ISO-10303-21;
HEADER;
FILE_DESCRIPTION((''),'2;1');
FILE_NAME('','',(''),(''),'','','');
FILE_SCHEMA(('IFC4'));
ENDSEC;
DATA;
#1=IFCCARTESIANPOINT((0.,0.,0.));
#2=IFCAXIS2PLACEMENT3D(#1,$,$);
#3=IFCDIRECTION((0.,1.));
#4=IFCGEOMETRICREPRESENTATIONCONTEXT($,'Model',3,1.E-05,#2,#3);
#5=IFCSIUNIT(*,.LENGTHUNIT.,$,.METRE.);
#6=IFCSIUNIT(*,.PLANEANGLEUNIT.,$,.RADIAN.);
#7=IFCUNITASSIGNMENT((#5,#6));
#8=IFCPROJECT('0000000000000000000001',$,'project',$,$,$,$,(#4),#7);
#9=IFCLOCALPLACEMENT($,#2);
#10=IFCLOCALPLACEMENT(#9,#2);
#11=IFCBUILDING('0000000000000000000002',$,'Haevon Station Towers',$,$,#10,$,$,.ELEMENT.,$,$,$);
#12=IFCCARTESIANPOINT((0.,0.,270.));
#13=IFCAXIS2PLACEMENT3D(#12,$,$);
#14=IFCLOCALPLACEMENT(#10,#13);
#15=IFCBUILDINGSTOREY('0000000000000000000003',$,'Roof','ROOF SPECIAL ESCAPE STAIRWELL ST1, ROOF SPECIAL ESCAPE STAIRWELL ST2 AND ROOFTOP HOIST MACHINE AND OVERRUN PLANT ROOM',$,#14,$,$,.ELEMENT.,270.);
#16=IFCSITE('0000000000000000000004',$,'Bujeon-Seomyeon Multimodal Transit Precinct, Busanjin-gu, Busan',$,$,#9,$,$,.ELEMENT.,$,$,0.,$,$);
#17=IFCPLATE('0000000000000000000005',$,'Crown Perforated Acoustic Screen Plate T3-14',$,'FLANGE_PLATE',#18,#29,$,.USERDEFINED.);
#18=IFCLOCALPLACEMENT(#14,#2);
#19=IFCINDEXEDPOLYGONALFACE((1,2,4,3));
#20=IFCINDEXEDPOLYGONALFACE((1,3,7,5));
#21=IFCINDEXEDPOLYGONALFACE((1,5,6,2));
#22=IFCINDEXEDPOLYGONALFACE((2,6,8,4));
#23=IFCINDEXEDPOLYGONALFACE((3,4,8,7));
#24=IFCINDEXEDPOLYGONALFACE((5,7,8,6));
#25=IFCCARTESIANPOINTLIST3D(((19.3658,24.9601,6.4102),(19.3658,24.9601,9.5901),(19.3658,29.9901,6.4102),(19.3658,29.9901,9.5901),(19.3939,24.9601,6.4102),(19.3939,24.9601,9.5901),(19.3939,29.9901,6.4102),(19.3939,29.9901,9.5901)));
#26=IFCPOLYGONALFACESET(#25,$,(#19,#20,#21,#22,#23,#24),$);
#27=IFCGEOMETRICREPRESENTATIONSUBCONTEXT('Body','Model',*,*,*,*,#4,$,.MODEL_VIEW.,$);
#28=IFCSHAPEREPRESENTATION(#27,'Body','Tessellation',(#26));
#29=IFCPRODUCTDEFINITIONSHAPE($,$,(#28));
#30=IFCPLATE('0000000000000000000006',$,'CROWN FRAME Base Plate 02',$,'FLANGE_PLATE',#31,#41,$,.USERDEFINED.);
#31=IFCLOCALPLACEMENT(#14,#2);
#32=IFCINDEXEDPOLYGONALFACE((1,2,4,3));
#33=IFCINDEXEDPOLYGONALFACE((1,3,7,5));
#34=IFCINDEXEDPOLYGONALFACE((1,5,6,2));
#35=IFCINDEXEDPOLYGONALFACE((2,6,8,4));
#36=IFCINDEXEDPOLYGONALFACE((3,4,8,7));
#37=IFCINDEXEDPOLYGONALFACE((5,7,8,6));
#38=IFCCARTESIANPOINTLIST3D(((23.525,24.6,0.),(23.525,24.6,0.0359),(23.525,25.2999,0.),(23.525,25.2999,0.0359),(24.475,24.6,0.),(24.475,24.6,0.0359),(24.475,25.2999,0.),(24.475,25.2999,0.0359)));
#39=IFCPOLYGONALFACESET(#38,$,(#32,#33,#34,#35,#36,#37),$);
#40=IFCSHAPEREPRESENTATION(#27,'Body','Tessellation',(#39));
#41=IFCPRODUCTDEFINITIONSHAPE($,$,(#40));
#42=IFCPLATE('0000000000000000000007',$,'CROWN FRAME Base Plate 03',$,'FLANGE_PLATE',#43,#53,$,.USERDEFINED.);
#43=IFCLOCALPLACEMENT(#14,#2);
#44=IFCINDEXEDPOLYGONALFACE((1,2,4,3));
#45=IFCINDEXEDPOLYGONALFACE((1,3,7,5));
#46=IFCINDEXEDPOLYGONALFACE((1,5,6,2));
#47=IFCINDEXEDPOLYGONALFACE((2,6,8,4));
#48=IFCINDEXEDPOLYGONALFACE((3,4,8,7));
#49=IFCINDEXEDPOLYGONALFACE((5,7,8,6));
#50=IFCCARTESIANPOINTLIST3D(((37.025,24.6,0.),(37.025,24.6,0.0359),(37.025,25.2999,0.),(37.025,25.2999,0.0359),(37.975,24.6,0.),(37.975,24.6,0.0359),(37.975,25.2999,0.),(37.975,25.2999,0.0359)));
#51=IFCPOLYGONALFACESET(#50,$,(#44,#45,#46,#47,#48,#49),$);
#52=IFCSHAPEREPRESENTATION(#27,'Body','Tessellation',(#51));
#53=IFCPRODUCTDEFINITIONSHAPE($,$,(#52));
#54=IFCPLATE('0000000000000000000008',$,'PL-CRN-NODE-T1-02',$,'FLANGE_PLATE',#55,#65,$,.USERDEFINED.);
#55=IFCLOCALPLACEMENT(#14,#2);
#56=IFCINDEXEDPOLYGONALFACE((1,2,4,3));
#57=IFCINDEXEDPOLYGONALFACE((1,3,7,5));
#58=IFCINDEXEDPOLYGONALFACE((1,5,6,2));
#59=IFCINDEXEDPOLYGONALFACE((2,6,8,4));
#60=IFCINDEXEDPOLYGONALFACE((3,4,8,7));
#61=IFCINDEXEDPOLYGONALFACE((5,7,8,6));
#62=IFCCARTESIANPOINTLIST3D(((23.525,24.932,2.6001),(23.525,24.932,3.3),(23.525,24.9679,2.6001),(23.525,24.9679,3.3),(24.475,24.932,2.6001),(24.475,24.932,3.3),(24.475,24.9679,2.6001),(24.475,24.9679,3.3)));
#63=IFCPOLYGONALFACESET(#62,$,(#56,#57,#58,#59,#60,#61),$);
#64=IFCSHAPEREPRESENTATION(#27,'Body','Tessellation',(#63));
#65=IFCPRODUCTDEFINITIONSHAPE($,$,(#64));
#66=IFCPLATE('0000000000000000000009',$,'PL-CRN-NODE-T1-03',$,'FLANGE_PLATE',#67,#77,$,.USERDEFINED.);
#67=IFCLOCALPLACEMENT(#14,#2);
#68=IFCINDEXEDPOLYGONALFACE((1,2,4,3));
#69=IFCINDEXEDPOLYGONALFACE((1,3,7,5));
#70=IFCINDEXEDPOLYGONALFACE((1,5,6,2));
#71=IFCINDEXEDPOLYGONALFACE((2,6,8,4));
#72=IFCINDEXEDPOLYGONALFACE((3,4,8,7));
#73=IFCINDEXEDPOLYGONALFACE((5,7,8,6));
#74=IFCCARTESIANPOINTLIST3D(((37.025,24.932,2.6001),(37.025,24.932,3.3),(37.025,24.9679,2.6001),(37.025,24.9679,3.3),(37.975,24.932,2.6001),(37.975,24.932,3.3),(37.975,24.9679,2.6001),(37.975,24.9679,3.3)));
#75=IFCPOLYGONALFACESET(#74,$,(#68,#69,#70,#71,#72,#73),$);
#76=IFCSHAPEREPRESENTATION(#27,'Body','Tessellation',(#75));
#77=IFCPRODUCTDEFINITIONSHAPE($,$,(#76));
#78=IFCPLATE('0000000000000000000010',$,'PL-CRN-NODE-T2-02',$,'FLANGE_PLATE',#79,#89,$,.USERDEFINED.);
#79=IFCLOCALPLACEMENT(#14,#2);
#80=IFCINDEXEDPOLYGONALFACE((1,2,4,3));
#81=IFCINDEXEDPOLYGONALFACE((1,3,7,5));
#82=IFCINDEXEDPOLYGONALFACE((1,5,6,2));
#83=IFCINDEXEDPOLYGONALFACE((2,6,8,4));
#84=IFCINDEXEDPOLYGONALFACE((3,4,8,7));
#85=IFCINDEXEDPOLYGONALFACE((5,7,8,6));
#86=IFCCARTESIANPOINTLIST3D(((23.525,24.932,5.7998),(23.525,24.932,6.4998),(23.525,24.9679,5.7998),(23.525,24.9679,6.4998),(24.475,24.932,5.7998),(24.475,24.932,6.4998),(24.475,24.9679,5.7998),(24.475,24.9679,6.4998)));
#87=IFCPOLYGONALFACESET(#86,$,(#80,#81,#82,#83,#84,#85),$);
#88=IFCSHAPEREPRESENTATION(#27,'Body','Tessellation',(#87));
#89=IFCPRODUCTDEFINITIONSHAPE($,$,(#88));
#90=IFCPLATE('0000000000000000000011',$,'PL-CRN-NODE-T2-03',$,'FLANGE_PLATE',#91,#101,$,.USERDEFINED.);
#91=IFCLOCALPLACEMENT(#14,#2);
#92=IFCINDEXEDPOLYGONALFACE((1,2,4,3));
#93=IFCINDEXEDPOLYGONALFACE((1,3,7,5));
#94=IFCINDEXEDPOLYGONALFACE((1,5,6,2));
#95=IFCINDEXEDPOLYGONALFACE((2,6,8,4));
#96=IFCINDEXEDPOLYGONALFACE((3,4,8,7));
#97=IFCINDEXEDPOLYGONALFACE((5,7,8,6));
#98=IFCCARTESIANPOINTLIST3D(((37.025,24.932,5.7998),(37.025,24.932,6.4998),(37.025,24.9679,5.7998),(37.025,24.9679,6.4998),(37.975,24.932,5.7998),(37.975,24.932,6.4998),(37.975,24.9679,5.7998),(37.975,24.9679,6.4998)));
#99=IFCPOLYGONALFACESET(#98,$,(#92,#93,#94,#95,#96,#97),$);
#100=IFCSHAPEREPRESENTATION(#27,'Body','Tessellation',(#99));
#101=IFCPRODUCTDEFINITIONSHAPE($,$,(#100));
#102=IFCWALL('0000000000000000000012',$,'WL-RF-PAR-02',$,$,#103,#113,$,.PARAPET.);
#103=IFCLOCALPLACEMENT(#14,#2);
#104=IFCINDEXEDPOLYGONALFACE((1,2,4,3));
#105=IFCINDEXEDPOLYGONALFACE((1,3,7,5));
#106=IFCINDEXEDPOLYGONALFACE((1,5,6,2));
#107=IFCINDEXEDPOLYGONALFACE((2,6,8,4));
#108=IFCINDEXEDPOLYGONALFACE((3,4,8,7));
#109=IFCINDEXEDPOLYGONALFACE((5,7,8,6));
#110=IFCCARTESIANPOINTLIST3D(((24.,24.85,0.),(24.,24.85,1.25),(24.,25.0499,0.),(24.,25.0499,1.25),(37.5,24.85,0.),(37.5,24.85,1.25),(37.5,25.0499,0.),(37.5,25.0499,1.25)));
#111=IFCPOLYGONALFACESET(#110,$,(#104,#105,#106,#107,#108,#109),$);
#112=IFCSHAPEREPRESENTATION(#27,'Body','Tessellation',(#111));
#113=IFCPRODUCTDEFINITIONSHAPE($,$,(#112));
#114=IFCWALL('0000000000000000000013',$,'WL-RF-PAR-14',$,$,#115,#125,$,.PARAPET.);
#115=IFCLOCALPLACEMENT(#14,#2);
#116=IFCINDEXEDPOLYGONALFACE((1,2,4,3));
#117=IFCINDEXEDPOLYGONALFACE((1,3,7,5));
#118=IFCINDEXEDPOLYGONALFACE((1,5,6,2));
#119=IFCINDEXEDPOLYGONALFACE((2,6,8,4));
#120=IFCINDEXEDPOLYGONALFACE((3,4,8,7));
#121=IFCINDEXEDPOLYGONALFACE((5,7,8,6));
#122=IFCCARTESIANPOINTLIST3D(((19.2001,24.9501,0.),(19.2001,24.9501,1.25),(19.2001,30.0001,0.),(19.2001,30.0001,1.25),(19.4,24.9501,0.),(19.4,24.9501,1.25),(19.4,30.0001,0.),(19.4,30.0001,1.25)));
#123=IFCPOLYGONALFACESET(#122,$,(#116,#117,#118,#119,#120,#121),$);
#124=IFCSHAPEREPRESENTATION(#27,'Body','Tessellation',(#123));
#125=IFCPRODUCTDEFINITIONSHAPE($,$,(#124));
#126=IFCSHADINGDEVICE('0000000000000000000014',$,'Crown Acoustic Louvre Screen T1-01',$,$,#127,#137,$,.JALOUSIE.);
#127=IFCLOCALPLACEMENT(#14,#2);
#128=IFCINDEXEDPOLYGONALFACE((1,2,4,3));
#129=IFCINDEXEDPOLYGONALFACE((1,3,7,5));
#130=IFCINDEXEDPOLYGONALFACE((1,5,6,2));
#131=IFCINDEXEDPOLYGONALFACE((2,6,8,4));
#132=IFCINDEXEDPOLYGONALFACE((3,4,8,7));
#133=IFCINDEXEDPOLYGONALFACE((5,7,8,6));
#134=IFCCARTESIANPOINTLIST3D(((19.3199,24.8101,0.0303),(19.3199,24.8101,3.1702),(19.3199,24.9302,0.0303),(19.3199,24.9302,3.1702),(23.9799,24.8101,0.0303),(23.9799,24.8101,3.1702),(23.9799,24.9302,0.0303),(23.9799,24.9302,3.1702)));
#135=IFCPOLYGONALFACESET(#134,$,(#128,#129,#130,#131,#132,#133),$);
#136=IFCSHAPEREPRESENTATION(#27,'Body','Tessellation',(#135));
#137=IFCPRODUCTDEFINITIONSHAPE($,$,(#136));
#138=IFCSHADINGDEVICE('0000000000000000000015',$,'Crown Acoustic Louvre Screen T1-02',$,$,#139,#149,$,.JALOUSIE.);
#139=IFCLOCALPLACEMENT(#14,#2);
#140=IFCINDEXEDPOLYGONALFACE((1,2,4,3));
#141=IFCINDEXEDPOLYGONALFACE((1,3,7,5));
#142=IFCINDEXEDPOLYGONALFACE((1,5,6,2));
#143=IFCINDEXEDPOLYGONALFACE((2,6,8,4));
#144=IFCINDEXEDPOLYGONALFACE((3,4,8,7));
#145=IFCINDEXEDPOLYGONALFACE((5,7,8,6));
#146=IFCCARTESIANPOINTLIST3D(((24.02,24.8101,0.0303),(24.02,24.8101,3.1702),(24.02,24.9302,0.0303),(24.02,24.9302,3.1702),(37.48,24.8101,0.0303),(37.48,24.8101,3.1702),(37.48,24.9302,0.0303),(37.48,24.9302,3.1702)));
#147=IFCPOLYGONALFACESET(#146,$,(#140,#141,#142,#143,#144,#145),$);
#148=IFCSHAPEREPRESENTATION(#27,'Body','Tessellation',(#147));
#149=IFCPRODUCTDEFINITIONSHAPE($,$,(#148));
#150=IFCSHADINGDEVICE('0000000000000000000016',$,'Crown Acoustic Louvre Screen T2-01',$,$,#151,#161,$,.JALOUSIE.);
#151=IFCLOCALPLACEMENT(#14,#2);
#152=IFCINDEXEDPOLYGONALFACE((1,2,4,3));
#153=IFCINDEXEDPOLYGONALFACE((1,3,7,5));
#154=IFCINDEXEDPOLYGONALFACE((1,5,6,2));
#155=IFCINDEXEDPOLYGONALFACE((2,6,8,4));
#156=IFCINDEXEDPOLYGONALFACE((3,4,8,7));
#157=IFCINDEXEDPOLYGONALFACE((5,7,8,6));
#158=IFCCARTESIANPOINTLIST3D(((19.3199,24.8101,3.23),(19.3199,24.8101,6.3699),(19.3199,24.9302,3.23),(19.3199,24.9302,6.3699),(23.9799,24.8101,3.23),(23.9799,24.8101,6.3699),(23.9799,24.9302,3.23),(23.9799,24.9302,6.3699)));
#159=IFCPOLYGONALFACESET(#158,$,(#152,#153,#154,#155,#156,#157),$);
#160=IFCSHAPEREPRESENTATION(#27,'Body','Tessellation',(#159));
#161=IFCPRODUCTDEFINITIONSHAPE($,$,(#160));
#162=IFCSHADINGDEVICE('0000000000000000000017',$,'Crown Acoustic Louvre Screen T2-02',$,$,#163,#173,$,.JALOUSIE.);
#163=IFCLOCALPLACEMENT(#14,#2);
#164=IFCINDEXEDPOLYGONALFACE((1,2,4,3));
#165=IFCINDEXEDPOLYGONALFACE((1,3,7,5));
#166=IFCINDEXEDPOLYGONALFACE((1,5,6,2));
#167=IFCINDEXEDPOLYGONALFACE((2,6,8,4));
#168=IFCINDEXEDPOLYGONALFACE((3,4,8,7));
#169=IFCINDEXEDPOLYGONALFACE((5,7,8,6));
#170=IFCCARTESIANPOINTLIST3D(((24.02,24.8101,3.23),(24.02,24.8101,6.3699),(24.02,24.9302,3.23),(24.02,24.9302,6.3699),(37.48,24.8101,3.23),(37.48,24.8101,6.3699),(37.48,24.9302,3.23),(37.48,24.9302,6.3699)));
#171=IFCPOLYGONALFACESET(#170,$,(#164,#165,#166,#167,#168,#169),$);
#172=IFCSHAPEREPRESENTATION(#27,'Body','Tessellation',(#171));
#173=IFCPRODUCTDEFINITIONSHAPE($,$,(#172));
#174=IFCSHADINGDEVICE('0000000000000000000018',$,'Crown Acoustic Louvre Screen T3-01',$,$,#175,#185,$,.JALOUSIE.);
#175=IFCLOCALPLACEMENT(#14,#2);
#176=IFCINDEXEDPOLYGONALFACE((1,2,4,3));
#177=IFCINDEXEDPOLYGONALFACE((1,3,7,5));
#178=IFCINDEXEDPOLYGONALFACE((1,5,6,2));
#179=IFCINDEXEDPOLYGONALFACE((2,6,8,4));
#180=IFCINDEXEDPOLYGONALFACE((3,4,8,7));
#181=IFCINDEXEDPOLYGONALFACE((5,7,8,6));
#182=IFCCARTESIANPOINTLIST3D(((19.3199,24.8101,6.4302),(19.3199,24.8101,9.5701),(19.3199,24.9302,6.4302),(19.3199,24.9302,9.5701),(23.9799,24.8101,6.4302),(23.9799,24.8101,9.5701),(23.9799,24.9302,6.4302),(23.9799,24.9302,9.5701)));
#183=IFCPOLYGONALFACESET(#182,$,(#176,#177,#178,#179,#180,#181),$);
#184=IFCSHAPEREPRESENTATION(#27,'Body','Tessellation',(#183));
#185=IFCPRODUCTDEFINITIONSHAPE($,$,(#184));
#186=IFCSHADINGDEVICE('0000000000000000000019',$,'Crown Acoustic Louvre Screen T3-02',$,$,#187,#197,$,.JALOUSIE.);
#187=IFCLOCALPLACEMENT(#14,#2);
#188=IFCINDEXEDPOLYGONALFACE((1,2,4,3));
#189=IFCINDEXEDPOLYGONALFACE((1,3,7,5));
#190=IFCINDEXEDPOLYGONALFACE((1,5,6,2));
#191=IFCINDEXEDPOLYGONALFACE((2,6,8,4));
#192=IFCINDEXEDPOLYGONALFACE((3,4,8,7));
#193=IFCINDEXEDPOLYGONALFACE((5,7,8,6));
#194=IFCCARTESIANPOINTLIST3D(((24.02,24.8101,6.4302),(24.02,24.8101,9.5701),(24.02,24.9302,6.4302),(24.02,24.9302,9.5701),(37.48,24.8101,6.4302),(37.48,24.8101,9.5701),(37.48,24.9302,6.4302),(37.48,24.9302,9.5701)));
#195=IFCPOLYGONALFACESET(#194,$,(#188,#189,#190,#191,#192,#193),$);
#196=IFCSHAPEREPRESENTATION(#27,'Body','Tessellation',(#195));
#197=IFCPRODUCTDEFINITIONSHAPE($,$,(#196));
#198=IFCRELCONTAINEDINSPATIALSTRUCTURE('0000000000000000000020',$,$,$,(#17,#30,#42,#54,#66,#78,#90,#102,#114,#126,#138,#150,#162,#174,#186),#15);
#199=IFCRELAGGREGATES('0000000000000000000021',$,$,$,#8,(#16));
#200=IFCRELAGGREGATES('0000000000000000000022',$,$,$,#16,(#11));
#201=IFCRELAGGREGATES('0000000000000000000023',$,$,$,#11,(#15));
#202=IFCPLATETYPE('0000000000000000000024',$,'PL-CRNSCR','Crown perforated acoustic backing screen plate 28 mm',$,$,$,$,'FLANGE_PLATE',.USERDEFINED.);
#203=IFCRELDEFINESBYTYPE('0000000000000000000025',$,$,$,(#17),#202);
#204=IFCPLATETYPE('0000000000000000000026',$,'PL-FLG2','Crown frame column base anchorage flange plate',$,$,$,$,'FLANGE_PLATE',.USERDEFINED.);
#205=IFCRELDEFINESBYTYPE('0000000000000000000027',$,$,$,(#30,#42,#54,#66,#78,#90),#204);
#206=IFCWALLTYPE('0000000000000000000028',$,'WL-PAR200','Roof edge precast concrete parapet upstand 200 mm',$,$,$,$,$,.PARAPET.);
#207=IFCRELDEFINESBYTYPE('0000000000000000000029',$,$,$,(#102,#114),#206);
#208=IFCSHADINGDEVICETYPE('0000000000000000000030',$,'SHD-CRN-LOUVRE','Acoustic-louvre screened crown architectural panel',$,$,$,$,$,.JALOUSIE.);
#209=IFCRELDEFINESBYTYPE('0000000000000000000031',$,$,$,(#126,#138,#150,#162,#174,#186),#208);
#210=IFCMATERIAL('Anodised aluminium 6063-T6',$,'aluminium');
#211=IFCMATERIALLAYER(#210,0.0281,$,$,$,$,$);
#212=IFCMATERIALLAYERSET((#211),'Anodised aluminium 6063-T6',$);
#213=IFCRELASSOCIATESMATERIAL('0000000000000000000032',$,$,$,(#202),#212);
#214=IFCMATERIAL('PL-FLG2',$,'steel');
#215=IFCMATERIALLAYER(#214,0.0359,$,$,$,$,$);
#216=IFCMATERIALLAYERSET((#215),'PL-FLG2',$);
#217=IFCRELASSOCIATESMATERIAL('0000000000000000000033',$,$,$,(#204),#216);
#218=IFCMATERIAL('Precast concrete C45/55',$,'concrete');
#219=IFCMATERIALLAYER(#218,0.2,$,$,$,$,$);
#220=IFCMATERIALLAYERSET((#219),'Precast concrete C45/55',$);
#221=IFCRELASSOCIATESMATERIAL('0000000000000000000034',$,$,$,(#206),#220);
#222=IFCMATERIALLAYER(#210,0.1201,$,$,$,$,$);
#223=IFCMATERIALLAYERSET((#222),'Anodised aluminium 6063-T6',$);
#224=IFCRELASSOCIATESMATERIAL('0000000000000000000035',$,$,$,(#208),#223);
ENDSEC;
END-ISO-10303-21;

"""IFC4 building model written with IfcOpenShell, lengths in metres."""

from ifc_helpers import new_model, si_unit, direction, frame, frame_2d, origin, origin_2d, place, context, subcontext, project, spatial, rectangle, extrude, material, layer, layer_set, type_object, element, save


model = new_model("IFC4")

# Units and contexts
model_context = context("Model", 3, precision=1e-05, world=origin(), true_north=direction((0.0, 1.0)))
body_context = subcontext(model_context, "Body", "Model", "MODEL_VIEW")
ifc_project = project(units=[si_unit("LENGTHUNIT", "METRE"), si_unit("PLANEANGLEUNIT", "RADIAN")], contexts=[model_context])

# Site, building, storey
site_placement = place(None, origin())
site = spatial("IfcSite", under=ifc_project, at=site_placement, Name="Bujeon-Seomyeon Multimodal Transit Precinct, Busanjin-gu, Busan", CompositionType="ELEMENT", RefElevation=0.0)
building_placement = place(site_placement, origin())
building = spatial("IfcBuilding", under=site, at=building_placement, Name="Haevon Station Towers", CompositionType="ELEMENT")
storey_placement = place(building_placement, frame((0.0, 0.0, 270.0)))
storey = spatial("IfcBuildingStorey", under=building, at=storey_placement, Name="Roof", Description="ROOF SPECIAL ESCAPE STAIRWELL ST1, ROOF SPECIAL ESCAPE STAIRWELL ST2 AND ROOFTOP HOIST MACHINE AND OVERRUN PLANT ROOM", CompositionType="ELEMENT", Elevation=270.0)

# Plates
ifc_material_1 = material(Name="Anodised aluminium 6063-T6", Category="aluminium")
ifc_layer_1 = layer(ifc_material_1, 0.0281)
ifc_layer_set_1 = layer_set([ifc_layer_1], Name="Anodised aluminium 6063-T6")
plate_type_1 = type_object("IfcPlateType", Name="PL-CRNSCR", Description="Crown perforated acoustic backing screen plate 28 mm", ElementType="FLANGE_PLATE", PredefinedType="USERDEFINED", material=ifc_layer_set_1)
plate_1_placement = place(storey_placement, frame((19.3799, 27.4751, 6.4102), z_axis=(0.0, 0.0, 1.0), x_axis=(0.0, -1.0, 0.0)))
element("IfcPlate", 1, at=plate_1_placement, inside=storey, type_object=plate_type_1, Name="Crown Perforated Acoustic Screen Plate T3-14", ObjectType="FLANGE_PLATE", PredefinedType="USERDEFINED", context=body_context, shape_type="SweptSolid", body=[
    extrude(rectangle(XDim=5.03, YDim=0.0281, at=origin_2d()), origin(), (0.0, 0.0, 1.0), 3.1799),
])
ifc_material_2 = material(Name="PL-FLG2", Category="steel")
ifc_layer_2 = layer(ifc_material_2, 0.0359)
ifc_layer_set_2 = layer_set([ifc_layer_2], Name="PL-FLG2")
plate_type_2 = type_object("IfcPlateType", Name="PL-FLG2", Description="Crown frame column base anchorage flange plate", ElementType="FLANGE_PLATE", PredefinedType="USERDEFINED", material=ifc_layer_set_2)
for number, where, z_axis, x_axis, name in (
    (2, (24.0, 24.95, 0.0), (0.0, 0.0, 1.0), (1.0, 0.0, 0.0), "CROWN FRAME Base Plate 02"),
    (3, (37.5, 24.95, 0.0), (0.0, 0.0, 1.0), (1.0, 0.0, 0.0), "CROWN FRAME Base Plate 03"),
):
    element("IfcPlate", number, at=place(storey_placement, frame(where, z_axis=z_axis, x_axis=x_axis)), inside=storey, type_object=plate_type_2, Name=name, ObjectType="FLANGE_PLATE", PredefinedType="USERDEFINED", context=body_context, shape_type="SweptSolid", body=[
        extrude(rectangle(XDim=0.95, YDim=0.7, at=origin_2d()), origin(), (0.0, 0.0, 1.0), 0.0359),
    ])
for number, where, z_axis, x_axis, name in (
    (4, (24.0, 24.95, 2.6001), (0.0, 0.0, 1.0), (1.0, 0.0, 0.0), "PL-CRN-NODE-T1-02"),
    (5, (37.5, 24.95, 2.6001), (0.0, 0.0, 1.0), (1.0, 0.0, 0.0), "PL-CRN-NODE-T1-03"),
    (6, (24.0, 24.95, 5.7998), (0.0, 0.0, 1.0), (1.0, 0.0, 0.0), "PL-CRN-NODE-T2-02"),
    (7, (37.5, 24.95, 5.7998), (0.0, 0.0, 1.0), (1.0, 0.0, 0.0), "PL-CRN-NODE-T2-03"),
):
    element("IfcPlate", number, at=place(storey_placement, frame(where, z_axis=z_axis, x_axis=x_axis)), inside=storey, type_object=plate_type_2, Name=name, ObjectType="FLANGE_PLATE", PredefinedType="USERDEFINED", context=body_context, shape_type="SweptSolid", body=[
        extrude(rectangle(XDim=0.95, YDim=0.0359, at=origin_2d()), origin(), (0.0, 0.0, 1.0), 0.7),
    ])

# Walls
ifc_material_3 = material(Name="Precast concrete C45/55", Category="concrete")
ifc_layer_3 = layer(ifc_material_3, 0.2)
ifc_layer_set_3 = layer_set([ifc_layer_3], Name="Precast concrete C45/55")
wall_type = type_object("IfcWallType", Name="WL-PAR200", Description="Roof edge precast concrete parapet upstand 200 mm", PredefinedType="PARAPET", material=ifc_layer_set_3)
wall_1_placement = place(storey_placement, frame((24.0, 24.95, 0.0), z_axis=(0.0, 0.0, 1.0), x_axis=(1.0, 0.0, 0.0)))
element("IfcWall", 8, at=wall_1_placement, inside=storey, type_object=wall_type, Name="WL-RF-PAR-02", PredefinedType="PARAPET", context=body_context, shape_type="SweptSolid", body=[
    extrude(rectangle(XDim=13.5, YDim=0.2, at=frame_2d((6.75, 0.0))), origin(), (0.0, 0.0, 1.0), 1.25),
])
wall_2_placement = place(storey_placement, frame((19.3, 30.0, 0.0), z_axis=(0.0, 0.0, 1.0), x_axis=(0.0, -1.0, 0.0)))
element("IfcWall", 9, at=wall_2_placement, inside=storey, type_object=wall_type, Name="WL-RF-PAR-14", PredefinedType="PARAPET", context=body_context, shape_type="SweptSolid", body=[
    extrude(rectangle(XDim=5.05, YDim=0.2, at=frame_2d((2.5249, 0.0))), origin(), (0.0, 0.0, 1.0), 1.25),
])

# Shading devices
ifc_layer_4 = layer(ifc_material_1, 0.1201)
ifc_layer_set_4 = layer_set([ifc_layer_4], Name="Anodised aluminium 6063-T6")
shading_device_type = type_object("IfcShadingDeviceType", Name="SHD-CRN-LOUVRE", Description="Acoustic-louvre screened crown architectural panel", PredefinedType="JALOUSIE", material=ifc_layer_set_4)
shading_device_1_placement = place(storey_placement, frame((21.6499, 24.8701, 0.0303), z_axis=(0.0, 0.0, 1.0), x_axis=(1.0, 0.0, 0.0)))
element("IfcShadingDevice", 10, at=shading_device_1_placement, inside=storey, type_object=shading_device_type, Name="Crown Acoustic Louvre Screen T1-01", PredefinedType="JALOUSIE", context=body_context, shape_type="SweptSolid", body=[
    extrude(rectangle(XDim=4.6599, YDim=0.1201, at=origin_2d()), origin(), (0.0, 0.0, 1.0), 3.1399),
])
shading_device_2_placement = place(storey_placement, frame((30.75, 24.8701, 0.0303), z_axis=(0.0, 0.0, 1.0), x_axis=(1.0, 0.0, 0.0)))
element("IfcShadingDevice", 11, at=shading_device_2_placement, inside=storey, type_object=shading_device_type, Name="Crown Acoustic Louvre Screen T1-02", PredefinedType="JALOUSIE", context=body_context, shape_type="SweptSolid", body=[
    extrude(rectangle(XDim=13.46, YDim=0.1201, at=origin_2d()), origin(), (0.0, 0.0, 1.0), 3.1399),
])
shading_device_3_placement = place(storey_placement, frame((21.6499, 24.8701, 3.23), z_axis=(0.0, 0.0, 1.0), x_axis=(1.0, 0.0, 0.0)))
element("IfcShadingDevice", 12, at=shading_device_3_placement, inside=storey, type_object=shading_device_type, Name="Crown Acoustic Louvre Screen T2-01", PredefinedType="JALOUSIE", context=body_context, shape_type="SweptSolid", body=[
    extrude(rectangle(XDim=4.6599, YDim=0.1201, at=origin_2d()), origin(), (0.0, 0.0, 1.0), 3.1399),
])
shading_device_4_placement = place(storey_placement, frame((30.75, 24.8701, 3.23), z_axis=(0.0, 0.0, 1.0), x_axis=(1.0, 0.0, 0.0)))
element("IfcShadingDevice", 13, at=shading_device_4_placement, inside=storey, type_object=shading_device_type, Name="Crown Acoustic Louvre Screen T2-02", PredefinedType="JALOUSIE", context=body_context, shape_type="SweptSolid", body=[
    extrude(rectangle(XDim=13.46, YDim=0.1201, at=origin_2d()), origin(), (0.0, 0.0, 1.0), 3.1399),
])
shading_device_5_placement = place(storey_placement, frame((21.6499, 24.8701, 6.4302), z_axis=(0.0, 0.0, 1.0), x_axis=(1.0, 0.0, 0.0)))
element("IfcShadingDevice", 14, at=shading_device_5_placement, inside=storey, type_object=shading_device_type, Name="Crown Acoustic Louvre Screen T3-01", PredefinedType="JALOUSIE", context=body_context, shape_type="SweptSolid", body=[
    extrude(rectangle(XDim=4.6599, YDim=0.1201, at=origin_2d()), origin(), (0.0, 0.0, 1.0), 3.1399),
])
shading_device_6_placement = place(storey_placement, frame((30.75, 24.8701, 6.4302), z_axis=(0.0, 0.0, 1.0), x_axis=(1.0, 0.0, 0.0)))
element("IfcShadingDevice", 15, at=shading_device_6_placement, inside=storey, type_object=shading_device_type, Name="Crown Acoustic Louvre Screen T3-02", PredefinedType="JALOUSIE", context=body_context, shape_type="SweptSolid", body=[
    extrude(rectangle(XDim=13.46, YDim=0.1201, at=origin_2d()), origin(), (0.0, 0.0, 1.0), 3.1399),
])

save(model, "model.ifc")
